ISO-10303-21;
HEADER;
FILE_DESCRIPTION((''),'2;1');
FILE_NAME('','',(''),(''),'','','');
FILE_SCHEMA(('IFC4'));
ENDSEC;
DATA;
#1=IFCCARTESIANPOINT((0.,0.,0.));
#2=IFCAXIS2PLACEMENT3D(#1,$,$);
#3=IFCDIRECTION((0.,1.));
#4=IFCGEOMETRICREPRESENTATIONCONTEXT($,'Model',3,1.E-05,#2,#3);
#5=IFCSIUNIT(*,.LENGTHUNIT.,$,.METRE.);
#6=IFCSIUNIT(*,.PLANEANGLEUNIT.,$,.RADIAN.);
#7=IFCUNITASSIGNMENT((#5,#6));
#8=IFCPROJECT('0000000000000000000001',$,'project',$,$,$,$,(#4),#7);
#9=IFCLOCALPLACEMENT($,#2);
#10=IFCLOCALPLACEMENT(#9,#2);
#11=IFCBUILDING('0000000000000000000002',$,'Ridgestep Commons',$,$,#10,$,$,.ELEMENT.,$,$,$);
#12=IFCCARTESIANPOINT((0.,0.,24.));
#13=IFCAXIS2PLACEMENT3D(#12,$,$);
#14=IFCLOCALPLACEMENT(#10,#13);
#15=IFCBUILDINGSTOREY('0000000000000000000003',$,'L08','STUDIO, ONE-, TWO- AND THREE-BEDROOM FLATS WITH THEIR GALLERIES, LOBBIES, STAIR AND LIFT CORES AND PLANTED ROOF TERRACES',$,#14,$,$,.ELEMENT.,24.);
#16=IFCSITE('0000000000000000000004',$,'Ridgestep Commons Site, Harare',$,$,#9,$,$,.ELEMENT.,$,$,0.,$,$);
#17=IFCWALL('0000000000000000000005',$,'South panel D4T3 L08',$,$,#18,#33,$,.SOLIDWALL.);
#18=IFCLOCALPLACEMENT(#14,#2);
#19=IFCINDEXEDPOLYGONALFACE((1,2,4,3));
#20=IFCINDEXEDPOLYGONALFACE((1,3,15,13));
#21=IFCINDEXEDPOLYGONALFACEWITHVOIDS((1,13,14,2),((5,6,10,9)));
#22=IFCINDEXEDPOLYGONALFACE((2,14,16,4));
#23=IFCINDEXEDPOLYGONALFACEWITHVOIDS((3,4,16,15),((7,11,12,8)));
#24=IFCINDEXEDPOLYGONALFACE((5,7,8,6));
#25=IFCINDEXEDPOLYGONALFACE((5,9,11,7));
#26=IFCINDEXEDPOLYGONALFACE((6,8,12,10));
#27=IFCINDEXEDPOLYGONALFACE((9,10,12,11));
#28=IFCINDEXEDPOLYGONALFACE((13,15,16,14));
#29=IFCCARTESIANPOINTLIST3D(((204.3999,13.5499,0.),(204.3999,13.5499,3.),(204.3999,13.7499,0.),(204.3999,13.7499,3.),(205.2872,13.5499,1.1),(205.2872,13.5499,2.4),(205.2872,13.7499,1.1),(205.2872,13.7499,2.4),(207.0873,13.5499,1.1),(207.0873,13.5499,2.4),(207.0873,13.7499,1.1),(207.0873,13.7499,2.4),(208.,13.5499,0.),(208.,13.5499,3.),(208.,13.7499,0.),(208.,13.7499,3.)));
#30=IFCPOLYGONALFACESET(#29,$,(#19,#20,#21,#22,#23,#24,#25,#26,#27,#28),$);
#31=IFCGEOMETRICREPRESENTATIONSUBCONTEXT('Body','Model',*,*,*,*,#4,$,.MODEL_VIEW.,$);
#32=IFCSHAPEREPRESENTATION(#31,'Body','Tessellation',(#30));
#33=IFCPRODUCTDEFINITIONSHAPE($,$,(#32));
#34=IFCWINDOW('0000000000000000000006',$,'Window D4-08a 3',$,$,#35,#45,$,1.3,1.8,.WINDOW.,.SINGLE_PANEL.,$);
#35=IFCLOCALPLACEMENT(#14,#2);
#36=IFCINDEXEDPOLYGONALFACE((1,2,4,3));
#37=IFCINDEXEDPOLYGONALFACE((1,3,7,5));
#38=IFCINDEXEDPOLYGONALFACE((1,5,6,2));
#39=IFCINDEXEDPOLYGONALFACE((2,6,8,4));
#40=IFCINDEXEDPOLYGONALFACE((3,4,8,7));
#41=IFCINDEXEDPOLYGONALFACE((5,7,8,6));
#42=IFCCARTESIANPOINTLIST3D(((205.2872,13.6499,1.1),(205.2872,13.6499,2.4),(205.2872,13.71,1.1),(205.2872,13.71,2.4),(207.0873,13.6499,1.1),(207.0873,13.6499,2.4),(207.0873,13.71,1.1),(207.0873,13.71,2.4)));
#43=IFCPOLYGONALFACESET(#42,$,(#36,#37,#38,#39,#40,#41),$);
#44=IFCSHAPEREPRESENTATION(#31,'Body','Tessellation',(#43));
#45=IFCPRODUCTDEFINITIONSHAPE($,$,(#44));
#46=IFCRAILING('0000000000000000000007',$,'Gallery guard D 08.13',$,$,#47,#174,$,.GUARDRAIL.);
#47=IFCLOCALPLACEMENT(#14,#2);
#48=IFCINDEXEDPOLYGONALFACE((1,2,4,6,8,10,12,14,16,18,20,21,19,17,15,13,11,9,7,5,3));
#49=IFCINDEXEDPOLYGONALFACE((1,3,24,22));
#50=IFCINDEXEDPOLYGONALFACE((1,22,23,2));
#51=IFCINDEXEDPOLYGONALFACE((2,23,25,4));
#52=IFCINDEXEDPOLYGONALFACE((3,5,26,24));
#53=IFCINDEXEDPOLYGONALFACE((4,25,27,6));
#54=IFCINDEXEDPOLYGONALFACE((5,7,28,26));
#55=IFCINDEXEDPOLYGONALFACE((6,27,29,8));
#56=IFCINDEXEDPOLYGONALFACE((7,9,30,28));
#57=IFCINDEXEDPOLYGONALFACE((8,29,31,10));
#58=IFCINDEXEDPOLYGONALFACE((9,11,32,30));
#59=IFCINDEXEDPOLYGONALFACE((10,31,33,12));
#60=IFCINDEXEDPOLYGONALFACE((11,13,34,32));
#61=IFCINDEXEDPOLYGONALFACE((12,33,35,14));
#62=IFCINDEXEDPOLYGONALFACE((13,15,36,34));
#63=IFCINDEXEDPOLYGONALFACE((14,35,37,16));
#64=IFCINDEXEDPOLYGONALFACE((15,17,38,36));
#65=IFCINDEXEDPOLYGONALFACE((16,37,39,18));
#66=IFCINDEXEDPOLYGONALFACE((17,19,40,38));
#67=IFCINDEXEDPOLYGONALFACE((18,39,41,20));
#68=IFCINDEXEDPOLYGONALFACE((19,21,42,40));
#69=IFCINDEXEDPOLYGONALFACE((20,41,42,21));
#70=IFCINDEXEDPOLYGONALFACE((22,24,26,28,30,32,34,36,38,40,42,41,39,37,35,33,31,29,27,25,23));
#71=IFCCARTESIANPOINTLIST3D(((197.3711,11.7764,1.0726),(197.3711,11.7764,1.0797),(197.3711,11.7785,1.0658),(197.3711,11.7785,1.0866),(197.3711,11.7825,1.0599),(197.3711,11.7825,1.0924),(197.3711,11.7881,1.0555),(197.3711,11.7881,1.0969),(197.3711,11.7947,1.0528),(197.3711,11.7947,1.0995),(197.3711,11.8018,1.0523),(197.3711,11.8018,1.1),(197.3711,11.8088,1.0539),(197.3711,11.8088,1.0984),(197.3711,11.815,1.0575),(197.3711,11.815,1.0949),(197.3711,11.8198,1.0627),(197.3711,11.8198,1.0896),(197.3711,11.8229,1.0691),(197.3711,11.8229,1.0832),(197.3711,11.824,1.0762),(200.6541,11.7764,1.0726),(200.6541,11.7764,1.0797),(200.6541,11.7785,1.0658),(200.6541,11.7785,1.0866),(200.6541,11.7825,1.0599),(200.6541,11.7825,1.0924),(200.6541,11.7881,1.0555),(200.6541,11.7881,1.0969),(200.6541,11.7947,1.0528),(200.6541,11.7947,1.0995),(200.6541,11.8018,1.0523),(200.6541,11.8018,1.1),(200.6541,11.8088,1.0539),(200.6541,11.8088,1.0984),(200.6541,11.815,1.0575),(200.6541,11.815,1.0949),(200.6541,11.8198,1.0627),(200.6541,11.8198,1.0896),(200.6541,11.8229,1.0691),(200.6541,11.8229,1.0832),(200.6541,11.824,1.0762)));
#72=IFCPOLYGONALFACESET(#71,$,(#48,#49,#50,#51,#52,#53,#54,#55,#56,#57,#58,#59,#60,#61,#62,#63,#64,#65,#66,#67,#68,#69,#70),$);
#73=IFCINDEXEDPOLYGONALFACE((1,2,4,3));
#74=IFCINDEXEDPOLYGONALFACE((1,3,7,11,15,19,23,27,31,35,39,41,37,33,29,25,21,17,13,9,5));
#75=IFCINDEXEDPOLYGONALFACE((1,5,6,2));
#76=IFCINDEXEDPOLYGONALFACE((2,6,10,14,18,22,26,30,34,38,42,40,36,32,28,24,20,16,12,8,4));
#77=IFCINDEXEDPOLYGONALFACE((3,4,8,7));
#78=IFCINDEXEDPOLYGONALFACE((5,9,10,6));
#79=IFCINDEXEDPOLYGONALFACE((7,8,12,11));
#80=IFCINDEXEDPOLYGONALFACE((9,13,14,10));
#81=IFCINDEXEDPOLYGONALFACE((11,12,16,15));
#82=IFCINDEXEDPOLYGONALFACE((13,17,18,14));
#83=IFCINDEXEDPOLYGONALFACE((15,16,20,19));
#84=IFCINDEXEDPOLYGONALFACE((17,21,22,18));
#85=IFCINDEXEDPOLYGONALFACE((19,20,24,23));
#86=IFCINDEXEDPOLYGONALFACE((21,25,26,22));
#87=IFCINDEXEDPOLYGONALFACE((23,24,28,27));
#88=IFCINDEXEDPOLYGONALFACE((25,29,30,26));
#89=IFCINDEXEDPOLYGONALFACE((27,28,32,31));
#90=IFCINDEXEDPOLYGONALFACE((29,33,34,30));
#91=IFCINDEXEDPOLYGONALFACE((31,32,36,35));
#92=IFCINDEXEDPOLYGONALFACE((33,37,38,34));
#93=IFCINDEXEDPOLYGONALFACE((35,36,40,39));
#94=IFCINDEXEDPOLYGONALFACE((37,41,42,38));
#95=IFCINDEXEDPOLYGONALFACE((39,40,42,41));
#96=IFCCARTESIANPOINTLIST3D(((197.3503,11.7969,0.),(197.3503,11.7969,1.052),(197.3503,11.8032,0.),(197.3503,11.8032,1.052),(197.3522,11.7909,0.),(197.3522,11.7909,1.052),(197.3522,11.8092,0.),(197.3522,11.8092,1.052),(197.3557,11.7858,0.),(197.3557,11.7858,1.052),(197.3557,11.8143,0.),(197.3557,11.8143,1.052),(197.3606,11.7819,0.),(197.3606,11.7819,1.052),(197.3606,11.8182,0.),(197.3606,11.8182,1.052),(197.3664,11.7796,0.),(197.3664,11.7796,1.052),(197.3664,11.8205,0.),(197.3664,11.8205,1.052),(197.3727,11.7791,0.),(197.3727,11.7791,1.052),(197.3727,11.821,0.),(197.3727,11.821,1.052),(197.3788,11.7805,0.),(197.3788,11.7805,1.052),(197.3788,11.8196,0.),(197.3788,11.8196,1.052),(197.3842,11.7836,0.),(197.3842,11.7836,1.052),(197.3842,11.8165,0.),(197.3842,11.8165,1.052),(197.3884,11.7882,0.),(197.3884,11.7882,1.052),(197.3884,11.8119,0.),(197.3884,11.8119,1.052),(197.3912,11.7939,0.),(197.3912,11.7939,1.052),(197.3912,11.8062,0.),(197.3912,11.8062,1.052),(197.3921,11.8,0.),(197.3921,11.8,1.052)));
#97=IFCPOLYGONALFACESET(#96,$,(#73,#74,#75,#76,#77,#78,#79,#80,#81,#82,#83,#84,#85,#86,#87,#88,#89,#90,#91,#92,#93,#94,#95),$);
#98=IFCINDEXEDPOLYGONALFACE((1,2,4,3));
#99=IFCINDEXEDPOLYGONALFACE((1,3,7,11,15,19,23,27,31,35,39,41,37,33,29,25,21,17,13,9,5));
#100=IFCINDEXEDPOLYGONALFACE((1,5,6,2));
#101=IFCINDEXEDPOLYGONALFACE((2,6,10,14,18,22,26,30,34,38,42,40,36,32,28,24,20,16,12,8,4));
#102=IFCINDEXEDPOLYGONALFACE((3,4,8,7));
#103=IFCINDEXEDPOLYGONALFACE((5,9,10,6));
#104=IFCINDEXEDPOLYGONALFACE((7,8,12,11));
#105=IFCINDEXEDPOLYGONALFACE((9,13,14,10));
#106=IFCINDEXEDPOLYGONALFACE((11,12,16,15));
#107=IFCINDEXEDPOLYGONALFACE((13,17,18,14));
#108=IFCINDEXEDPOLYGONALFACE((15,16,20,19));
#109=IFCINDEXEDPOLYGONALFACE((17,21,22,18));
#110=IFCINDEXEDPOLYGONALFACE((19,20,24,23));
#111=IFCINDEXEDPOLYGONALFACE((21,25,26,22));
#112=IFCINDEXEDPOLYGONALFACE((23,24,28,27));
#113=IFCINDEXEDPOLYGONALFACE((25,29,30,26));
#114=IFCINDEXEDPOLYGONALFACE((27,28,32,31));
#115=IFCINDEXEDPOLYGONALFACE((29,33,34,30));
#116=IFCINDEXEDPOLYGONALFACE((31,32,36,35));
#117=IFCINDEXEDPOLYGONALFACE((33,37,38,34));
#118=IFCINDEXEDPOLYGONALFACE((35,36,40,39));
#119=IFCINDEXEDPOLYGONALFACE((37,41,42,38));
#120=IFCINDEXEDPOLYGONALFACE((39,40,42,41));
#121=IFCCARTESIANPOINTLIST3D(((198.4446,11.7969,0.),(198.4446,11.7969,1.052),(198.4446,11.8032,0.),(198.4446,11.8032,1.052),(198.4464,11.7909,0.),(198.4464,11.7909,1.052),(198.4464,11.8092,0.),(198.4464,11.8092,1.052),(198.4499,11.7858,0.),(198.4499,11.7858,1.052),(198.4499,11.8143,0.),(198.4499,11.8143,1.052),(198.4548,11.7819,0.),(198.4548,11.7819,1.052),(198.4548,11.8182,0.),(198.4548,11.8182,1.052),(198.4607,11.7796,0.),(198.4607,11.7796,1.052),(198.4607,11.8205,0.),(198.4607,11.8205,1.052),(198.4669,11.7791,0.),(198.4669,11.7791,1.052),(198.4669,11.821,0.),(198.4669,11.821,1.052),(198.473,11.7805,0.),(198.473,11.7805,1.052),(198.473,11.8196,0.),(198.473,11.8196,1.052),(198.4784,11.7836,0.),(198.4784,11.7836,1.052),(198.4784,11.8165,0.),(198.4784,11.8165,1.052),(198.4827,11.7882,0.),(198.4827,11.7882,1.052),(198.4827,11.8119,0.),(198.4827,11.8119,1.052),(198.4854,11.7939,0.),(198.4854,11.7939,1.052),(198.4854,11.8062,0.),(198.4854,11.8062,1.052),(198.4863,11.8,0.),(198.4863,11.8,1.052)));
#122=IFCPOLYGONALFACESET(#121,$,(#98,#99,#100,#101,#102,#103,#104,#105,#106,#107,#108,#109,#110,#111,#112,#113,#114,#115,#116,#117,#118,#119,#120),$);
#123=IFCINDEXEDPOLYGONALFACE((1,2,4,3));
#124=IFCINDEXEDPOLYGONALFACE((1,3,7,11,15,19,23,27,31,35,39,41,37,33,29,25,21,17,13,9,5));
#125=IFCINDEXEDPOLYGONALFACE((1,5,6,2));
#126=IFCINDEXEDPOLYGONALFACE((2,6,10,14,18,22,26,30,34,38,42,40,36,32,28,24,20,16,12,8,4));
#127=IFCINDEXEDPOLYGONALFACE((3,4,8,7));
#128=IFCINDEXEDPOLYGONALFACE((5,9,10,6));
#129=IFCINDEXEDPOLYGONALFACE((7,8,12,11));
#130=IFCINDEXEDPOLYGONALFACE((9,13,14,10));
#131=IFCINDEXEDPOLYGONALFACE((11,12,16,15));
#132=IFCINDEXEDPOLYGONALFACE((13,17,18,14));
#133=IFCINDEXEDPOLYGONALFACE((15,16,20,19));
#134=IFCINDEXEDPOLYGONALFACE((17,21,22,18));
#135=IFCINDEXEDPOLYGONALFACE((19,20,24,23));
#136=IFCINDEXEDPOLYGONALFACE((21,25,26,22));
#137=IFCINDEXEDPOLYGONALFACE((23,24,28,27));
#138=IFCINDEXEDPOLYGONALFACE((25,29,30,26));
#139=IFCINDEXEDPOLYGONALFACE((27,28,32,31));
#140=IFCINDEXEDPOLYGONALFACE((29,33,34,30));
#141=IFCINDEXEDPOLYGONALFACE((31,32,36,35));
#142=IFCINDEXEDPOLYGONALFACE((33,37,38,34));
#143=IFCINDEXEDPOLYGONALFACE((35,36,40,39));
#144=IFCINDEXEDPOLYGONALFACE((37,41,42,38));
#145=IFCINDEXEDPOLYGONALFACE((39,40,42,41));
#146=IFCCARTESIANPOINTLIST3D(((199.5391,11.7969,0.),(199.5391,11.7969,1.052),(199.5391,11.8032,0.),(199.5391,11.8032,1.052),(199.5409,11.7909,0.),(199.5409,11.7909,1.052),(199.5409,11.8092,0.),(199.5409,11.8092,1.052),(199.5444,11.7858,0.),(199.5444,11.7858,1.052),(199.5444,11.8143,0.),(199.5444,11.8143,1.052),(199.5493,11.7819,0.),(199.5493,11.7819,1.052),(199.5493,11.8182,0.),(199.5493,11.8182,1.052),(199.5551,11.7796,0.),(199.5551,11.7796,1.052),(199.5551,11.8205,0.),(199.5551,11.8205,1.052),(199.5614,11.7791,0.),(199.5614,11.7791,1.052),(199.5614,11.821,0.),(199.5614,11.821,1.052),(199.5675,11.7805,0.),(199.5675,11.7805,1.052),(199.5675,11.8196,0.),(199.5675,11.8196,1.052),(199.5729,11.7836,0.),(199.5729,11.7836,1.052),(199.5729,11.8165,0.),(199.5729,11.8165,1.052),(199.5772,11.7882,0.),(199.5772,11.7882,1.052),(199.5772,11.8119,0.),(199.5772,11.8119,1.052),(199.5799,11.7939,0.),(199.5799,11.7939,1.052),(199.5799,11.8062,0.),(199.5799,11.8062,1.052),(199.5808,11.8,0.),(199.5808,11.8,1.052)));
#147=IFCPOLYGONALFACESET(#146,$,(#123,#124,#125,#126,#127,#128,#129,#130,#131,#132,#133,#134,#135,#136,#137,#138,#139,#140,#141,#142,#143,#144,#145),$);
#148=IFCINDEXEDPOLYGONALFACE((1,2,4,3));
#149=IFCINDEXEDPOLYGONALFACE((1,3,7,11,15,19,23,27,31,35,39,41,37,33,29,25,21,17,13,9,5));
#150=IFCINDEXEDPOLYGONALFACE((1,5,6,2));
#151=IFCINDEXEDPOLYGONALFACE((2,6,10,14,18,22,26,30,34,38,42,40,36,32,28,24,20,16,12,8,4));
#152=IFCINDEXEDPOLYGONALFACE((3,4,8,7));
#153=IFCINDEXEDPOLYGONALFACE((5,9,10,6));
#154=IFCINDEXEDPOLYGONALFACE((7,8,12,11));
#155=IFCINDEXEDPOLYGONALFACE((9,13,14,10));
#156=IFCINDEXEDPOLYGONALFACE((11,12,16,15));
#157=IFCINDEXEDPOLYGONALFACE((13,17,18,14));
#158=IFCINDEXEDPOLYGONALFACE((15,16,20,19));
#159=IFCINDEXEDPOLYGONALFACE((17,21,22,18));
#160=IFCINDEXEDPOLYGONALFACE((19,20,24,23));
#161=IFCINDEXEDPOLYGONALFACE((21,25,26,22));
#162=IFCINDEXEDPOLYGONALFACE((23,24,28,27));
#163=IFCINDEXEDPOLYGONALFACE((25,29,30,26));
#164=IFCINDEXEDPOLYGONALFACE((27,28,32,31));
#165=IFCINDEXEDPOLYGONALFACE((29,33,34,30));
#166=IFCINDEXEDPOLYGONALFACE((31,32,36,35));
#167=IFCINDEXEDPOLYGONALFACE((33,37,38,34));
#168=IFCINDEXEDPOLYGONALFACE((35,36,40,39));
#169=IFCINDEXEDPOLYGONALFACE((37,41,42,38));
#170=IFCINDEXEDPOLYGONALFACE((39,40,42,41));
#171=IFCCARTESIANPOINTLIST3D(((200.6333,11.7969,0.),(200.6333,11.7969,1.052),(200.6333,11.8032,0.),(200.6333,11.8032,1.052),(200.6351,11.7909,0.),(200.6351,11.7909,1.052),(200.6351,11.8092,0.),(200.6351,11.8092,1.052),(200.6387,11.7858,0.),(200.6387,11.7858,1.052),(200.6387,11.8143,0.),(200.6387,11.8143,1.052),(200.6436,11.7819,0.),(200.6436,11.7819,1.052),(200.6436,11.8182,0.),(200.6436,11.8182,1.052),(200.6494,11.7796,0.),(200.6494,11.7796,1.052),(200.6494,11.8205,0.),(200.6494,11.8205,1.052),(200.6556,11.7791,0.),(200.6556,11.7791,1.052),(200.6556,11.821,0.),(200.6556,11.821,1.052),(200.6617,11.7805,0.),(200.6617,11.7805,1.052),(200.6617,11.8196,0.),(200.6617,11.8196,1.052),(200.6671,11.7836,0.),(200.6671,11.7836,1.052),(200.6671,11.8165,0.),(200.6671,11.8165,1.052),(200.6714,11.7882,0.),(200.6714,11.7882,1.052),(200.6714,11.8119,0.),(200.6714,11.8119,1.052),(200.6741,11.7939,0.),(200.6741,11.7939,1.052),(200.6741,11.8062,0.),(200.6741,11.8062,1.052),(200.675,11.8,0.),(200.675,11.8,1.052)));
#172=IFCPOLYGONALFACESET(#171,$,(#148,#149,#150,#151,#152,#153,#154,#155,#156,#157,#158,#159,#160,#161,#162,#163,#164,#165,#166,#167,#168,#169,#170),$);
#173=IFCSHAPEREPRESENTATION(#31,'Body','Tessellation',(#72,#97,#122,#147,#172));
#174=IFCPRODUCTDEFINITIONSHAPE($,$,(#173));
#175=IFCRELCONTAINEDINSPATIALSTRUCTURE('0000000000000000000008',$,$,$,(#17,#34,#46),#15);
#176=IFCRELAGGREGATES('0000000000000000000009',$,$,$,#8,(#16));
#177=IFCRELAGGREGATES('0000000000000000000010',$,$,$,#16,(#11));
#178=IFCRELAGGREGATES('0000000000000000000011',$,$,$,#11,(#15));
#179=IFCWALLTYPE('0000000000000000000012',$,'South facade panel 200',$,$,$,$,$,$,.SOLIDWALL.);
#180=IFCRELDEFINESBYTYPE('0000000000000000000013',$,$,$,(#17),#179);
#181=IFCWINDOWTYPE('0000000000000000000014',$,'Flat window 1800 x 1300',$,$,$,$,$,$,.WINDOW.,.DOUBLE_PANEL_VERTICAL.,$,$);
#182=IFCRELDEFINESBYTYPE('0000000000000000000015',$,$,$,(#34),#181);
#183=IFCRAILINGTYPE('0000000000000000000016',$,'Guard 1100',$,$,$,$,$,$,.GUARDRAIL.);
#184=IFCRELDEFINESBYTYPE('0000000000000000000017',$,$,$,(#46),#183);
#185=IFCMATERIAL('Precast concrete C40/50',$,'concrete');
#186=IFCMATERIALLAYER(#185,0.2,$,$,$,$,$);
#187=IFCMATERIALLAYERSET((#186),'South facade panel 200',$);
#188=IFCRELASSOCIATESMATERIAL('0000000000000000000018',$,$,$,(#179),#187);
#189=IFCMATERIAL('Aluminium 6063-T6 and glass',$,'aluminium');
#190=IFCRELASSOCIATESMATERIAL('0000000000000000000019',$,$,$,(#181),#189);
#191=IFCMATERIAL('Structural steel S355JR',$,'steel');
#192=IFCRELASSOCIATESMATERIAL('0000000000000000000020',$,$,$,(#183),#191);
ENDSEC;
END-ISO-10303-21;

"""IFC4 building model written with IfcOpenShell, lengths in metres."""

from ifc_helpers import new_model, si_unit, direction, frame, frame_2d, origin, origin_2d, place, context, subcontext, project, spatial, rectangle, circle, extrude, material, layer, layer_set, type_object, element, fill, save


model = new_model("IFC4")

# Units and contexts
model_context = context("Model", 3, precision=1e-05, world=origin(), true_north=direction((0.0, 1.0)))
body_context = subcontext(model_context, "Body", "Model", "MODEL_VIEW")
ifc_project = project(units=[si_unit("LENGTHUNIT", "METRE"), si_unit("PLANEANGLEUNIT", "RADIAN")], contexts=[model_context])

# Site, building, storey
site_placement = place(None, origin())
site = spatial("IfcSite", under=ifc_project, at=site_placement, Name="Ridgestep Commons Site, Harare", CompositionType="ELEMENT", RefElevation=0.0)
building_placement = place(site_placement, origin())
building = spatial("IfcBuilding", under=site, at=building_placement, Name="Ridgestep Commons", CompositionType="ELEMENT")
storey_placement = place(building_placement, frame((0.0, 0.0, 24.0)))
storey = spatial("IfcBuildingStorey", under=building, at=storey_placement, Name="L08", Description="STUDIO, ONE-, TWO- AND THREE-BEDROOM FLATS WITH THEIR GALLERIES, LOBBIES, STAIR AND LIFT CORES AND PLANTED ROOF TERRACES", CompositionType="ELEMENT", Elevation=24.0)

# Shared definitions
ifc_material_1 = material(Name="Precast concrete C40/50", Category="concrete")
ifc_layer_1 = layer(ifc_material_1, 0.2)
ifc_layer_set_1 = layer_set([ifc_layer_1], Name="South facade panel 200")
wall_type_1 = type_object("IfcWallType", Name="South facade panel 200", PredefinedType="SOLIDWALL", material=ifc_layer_set_1)
ifc_material_2 = material(Name="Aluminium 6063-T6 and glass", Category="aluminium")
window_type = type_object("IfcWindowType", Name="Flat window 1800 x 1300", PartitioningType="DOUBLE_PANEL_VERTICAL", PredefinedType="WINDOW", material=ifc_material_2)

# Wall, opening, window
wall_1_placement = place(storey_placement, frame((204.3999, 13.6499, 0.0), z_axis=(0.0, 0.0, 1.0), x_axis=(1.0, 0.0, 0.0)))
wall_1 = element("IfcWall", 1, at=wall_1_placement, inside=storey, type_object=wall_type_1, Name="South panel D4T3 L08", PredefinedType="SOLIDWALL", context=body_context, shape_type="SweptSolid", body=[
    extrude(rectangle(XDim=3.6001, YDim=0.2, at=frame_2d((1.8, 0.0))), origin(), (0.0, 0.0, 1.0), 3.0),
])
opening_1_placement = place(wall_1_placement, frame((0.8875, 0.0, 1.1001)))
opening_1 = element("IfcOpeningElement", 2, at=opening_1_placement, cuts=wall_1, PredefinedType="OPENING", context=body_context, shape_type="SweptSolid", body=[
    extrude(rectangle(XDim=1.8, YDim=1.3, at=frame_2d((0.8999, 0.6499))), frame((0.0, 0.1099, 0.0), z_axis=(0.0, -1.0, 0.0), x_axis=(1.0, 0.0, 0.0)), (0.0, 0.0, 1.0), 0.22),
])
window_1_placement = place(opening_1_placement, origin())
window_1 = element("IfcWindow", 3, at=window_1_placement, inside=storey, type_object=window_type, Name="Window D4-08a 3", OverallHeight=1.3, OverallWidth=1.8, PartitioningType="SINGLE_PANEL", PredefinedType="WINDOW", context=body_context, shape_type="SweptSolid", body=[
    extrude(rectangle(XDim=1.8, YDim=1.3, at=frame_2d((0.8999, 0.6499))), frame((0.0, 0.0601, 0.0), z_axis=(0.0, -1.0, 0.0), x_axis=(1.0, 0.0, 0.0)), (0.0, 0.0, 1.0), 0.0601),
])
fill(opening_1, window_1)

# Railing
ifc_material_3 = material(Name="Structural steel S355JR", Category="steel")
railing_type = type_object("IfcRailingType", Name="Guard 1100", PredefinedType="GUARDRAIL", material=ifc_material_3)
railing_1_placement = place(storey_placement, frame((197.3711, 11.8, 0.0)))
element("IfcRailing", 4, at=railing_1_placement, inside=storey, type_object=railing_type, Name="Gallery guard D 08.13", PredefinedType="GUARDRAIL", context=body_context, shape_type="SweptSolid", body=[
    extrude(circle(Radius=0.0239, at=origin_2d()), frame((0.0, 0.0, 1.0762), z_axis=(1.0, 0.0, 0.0), x_axis=(0.0, 1.0, 0.0)), (0.0, 0.0, 1.0), 3.283),
    extrude(circle(Radius=0.021, at=origin_2d()), origin(), (0.0, 0.0, 1.0), 1.052),
    extrude(circle(Radius=0.021, at=origin_2d()), frame((1.0942, 0.0, 0.0)), (0.0, 0.0, 1.0), 1.052),
    extrude(circle(Radius=0.021, at=origin_2d()), frame((2.1887, 0.0, 0.0)), (0.0, 0.0, 1.0), 1.052),
    extrude(circle(Radius=0.021, at=origin_2d()), frame((3.283, 0.0, 0.0)), (0.0, 0.0, 1.0), 1.052),
])

save(model, "model.ifc")
